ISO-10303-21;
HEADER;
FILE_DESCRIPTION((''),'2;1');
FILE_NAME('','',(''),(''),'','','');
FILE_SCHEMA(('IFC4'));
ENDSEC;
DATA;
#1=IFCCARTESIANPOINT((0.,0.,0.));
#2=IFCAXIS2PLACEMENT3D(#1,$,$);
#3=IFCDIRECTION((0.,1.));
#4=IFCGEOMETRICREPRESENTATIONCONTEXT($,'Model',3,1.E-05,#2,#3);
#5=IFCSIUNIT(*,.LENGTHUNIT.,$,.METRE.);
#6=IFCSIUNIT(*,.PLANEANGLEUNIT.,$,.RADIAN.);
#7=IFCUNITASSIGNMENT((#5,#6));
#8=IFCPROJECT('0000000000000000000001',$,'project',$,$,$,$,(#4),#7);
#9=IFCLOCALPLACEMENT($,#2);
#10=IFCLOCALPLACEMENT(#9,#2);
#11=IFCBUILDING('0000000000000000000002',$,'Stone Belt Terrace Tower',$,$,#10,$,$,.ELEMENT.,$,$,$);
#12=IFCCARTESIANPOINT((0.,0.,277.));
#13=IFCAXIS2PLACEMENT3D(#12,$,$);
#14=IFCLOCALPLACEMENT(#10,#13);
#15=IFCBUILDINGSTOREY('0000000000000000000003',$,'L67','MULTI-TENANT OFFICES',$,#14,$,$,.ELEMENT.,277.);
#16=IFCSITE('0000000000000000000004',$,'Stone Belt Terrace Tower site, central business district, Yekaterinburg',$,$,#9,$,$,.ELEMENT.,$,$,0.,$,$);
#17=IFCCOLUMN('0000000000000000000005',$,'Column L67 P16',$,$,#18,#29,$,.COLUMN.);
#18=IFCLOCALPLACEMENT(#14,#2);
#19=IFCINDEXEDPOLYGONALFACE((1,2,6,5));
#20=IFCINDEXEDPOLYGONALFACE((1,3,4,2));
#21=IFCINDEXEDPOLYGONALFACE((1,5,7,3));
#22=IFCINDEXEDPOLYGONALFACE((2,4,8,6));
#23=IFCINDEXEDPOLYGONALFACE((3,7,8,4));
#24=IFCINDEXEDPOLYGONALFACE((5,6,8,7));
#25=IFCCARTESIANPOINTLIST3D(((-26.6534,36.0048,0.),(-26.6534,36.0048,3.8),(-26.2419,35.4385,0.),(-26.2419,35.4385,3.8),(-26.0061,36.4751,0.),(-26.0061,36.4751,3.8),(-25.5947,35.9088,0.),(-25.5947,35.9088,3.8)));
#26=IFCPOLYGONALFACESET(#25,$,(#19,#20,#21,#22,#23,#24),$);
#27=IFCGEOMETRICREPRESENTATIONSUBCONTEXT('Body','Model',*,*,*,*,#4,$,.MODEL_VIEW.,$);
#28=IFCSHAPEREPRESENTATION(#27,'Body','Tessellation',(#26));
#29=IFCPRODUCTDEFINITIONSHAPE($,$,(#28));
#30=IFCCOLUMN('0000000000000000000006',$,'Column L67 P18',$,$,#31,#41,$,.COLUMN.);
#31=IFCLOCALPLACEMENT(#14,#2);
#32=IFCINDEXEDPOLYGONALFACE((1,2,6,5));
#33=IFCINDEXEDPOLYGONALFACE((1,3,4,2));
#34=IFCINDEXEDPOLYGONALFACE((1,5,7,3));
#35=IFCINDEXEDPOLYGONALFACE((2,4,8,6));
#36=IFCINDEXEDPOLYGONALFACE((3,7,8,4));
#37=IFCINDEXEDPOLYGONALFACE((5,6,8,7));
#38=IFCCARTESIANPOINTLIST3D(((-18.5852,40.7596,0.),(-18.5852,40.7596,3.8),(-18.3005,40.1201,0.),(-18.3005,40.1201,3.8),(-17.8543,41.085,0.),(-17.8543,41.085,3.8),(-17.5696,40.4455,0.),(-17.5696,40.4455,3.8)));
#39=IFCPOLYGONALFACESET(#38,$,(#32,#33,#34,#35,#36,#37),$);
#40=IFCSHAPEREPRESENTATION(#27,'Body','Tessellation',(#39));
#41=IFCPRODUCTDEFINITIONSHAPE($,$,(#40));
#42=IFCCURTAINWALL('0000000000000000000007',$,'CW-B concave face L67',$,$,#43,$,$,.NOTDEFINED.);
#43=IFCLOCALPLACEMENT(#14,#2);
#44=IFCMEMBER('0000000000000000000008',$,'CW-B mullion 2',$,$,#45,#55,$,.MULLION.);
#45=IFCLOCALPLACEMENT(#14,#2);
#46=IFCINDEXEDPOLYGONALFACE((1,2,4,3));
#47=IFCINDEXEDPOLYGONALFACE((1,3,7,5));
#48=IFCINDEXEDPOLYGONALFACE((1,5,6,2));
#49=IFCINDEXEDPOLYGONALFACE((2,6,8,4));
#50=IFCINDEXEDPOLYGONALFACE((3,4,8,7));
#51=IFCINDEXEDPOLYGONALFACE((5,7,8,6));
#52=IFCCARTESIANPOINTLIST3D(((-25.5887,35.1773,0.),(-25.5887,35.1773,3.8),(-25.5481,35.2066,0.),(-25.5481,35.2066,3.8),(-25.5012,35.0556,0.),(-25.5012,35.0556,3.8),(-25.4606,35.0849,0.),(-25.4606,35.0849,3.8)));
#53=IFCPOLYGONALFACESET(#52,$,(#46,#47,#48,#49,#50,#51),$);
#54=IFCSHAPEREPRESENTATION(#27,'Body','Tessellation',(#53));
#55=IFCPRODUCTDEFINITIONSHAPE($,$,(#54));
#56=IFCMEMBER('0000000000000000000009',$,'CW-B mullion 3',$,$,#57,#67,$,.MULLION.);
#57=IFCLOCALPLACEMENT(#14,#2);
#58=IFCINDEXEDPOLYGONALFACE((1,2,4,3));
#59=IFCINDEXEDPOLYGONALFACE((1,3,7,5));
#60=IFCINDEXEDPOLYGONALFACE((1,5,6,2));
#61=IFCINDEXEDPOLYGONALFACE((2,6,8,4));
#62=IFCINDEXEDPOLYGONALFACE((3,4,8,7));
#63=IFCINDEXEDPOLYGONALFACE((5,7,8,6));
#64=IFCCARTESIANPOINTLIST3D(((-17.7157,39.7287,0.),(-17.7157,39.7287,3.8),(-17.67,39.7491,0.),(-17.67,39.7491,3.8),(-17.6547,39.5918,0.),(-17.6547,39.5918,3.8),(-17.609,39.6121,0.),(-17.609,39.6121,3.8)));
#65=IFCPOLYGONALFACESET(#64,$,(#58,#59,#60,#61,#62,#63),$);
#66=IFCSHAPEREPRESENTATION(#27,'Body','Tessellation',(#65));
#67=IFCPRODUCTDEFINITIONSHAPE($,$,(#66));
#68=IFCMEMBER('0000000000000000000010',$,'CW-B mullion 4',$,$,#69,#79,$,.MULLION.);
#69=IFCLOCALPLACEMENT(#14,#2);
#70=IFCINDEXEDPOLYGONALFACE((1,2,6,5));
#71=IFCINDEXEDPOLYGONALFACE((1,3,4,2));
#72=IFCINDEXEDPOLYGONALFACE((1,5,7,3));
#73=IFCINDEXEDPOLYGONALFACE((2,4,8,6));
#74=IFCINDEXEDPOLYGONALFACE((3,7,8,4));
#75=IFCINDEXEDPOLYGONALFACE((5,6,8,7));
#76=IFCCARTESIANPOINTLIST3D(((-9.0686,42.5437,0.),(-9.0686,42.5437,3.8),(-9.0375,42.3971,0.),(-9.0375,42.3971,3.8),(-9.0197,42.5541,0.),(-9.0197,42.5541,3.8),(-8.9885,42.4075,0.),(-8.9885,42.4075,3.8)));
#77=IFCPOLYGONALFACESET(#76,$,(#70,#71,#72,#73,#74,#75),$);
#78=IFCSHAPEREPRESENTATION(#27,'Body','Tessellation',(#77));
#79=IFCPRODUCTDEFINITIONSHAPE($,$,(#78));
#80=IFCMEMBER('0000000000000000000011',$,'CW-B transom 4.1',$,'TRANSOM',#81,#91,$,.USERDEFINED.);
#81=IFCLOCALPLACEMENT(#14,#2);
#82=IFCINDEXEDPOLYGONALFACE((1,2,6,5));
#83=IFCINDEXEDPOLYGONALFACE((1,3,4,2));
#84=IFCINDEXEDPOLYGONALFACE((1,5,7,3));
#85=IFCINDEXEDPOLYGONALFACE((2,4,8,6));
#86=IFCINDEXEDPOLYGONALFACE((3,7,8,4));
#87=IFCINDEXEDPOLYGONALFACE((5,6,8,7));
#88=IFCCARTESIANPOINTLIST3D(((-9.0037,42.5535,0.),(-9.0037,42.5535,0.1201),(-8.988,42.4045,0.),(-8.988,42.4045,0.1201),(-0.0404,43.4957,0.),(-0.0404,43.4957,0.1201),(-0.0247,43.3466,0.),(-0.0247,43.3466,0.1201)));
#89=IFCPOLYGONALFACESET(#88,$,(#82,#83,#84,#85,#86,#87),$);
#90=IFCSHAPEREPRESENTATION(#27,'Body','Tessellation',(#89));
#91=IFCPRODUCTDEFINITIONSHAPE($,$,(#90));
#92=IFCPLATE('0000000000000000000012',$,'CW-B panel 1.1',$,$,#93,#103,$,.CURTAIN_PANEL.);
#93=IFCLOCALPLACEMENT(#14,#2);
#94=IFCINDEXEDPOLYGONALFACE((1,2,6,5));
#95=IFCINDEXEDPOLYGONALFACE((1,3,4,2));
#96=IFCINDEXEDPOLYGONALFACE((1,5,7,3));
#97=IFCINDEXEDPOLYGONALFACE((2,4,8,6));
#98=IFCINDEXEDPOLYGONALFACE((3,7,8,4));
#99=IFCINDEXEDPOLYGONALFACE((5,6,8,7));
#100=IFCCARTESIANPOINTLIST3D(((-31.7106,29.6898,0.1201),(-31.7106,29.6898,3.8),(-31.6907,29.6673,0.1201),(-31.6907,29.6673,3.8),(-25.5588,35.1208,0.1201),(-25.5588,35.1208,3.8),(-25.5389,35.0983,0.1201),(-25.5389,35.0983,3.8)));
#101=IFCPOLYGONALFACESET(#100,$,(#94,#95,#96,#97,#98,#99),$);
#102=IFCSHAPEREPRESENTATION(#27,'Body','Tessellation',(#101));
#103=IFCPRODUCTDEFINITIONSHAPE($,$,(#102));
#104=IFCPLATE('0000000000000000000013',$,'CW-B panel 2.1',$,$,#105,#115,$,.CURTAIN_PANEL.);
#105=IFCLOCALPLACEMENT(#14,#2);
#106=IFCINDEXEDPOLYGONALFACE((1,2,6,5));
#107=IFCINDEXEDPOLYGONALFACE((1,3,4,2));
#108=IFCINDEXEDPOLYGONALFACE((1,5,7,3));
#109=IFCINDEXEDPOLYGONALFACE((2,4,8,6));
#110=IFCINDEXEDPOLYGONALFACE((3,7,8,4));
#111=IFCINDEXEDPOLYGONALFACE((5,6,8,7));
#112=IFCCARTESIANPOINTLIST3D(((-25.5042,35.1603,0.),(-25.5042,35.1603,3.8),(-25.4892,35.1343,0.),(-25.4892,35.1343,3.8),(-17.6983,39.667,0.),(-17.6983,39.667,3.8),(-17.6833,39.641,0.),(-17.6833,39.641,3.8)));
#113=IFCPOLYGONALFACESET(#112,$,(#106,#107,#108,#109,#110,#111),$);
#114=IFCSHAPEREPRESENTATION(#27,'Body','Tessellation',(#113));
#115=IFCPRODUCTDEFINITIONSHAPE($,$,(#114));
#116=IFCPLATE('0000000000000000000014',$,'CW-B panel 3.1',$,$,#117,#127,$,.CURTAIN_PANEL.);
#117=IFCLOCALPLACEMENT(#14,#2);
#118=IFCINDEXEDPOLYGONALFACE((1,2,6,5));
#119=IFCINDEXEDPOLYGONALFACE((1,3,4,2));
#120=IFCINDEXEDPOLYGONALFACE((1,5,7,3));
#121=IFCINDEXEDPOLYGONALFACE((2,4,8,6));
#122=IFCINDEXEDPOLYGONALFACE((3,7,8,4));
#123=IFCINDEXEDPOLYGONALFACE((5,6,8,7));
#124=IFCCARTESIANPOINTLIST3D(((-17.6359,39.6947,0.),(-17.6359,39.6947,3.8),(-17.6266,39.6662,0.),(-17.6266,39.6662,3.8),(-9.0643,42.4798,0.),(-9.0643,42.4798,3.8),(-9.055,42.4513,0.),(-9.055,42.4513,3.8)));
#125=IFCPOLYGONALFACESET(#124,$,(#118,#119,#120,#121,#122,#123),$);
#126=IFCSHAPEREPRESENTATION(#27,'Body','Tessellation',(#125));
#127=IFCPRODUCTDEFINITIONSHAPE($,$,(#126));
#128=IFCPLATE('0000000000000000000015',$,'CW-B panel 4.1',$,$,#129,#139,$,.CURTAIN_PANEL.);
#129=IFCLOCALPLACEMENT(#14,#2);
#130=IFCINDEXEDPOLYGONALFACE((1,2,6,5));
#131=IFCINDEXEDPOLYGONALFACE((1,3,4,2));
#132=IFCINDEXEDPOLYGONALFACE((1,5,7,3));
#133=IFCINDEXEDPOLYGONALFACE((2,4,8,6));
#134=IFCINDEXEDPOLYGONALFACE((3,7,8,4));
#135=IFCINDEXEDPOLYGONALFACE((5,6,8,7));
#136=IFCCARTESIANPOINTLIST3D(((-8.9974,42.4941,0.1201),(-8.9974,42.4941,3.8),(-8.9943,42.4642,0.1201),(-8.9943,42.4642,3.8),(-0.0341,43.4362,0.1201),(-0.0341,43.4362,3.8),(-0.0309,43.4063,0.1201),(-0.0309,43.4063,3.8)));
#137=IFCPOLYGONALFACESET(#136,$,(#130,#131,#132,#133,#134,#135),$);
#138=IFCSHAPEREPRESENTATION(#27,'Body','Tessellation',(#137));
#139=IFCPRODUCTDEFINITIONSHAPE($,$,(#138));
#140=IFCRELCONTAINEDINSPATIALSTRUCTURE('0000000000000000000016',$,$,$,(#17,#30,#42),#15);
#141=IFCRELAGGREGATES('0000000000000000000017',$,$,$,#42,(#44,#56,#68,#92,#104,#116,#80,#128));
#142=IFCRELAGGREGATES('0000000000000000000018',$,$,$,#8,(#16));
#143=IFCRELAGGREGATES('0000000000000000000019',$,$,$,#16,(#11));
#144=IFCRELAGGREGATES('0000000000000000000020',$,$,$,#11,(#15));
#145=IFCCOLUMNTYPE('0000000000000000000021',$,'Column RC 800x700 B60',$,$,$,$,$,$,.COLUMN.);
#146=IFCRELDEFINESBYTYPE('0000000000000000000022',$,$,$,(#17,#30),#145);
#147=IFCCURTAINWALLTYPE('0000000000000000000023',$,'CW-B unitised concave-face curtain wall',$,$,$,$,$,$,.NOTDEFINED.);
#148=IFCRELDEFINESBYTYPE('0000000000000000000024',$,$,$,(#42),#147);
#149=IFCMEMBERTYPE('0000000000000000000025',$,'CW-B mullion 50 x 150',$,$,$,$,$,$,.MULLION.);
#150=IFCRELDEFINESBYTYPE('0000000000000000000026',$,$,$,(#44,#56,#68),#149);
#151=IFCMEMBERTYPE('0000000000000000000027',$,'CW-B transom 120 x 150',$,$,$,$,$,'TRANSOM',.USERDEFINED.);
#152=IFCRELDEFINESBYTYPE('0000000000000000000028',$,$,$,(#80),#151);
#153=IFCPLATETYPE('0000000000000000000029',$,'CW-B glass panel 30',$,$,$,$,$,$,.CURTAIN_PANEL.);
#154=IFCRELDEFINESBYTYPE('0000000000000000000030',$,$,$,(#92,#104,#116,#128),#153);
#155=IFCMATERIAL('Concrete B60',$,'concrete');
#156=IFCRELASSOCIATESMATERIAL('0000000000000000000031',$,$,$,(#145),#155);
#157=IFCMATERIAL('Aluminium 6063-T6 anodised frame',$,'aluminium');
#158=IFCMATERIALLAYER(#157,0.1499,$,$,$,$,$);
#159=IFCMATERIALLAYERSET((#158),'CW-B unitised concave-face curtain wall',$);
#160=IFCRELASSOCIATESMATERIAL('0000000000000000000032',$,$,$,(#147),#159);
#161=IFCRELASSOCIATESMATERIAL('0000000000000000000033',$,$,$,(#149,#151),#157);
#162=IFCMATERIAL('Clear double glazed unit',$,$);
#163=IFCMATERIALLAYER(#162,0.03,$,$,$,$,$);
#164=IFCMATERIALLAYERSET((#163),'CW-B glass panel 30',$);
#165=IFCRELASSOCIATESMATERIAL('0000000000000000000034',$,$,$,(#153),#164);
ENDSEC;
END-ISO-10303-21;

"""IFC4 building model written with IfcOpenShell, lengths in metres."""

from ifc_helpers import new_model, si_unit, direction, frame, origin, origin_2d, place, context, subcontext, project, spatial, rectangle, extrude, material, layer, layer_set, material_profile, profile_set, type_object, element, aggregate, save


model = new_model("IFC4")

# Units and contexts
model_context = context("Model", 3, precision=1e-05, world=origin(), true_north=direction((0.0, 1.0)))
body_context = subcontext(model_context, "Body", "Model", "MODEL_VIEW")
ifc_project = project(units=[si_unit("LENGTHUNIT", "METRE"), si_unit("PLANEANGLEUNIT", "RADIAN")], contexts=[model_context])

# Site, building, storey
site_placement = place(None, origin())
site = spatial("IfcSite", under=ifc_project, at=site_placement, Name="Stone Belt Terrace Tower site, central business district, Yekaterinburg", CompositionType="ELEMENT", RefElevation=0.0)
building_placement = place(site_placement, origin())
building = spatial("IfcBuilding", under=site, at=building_placement, Name="Stone Belt Terrace Tower", CompositionType="ELEMENT")
storey_placement = place(building_placement, frame((0.0, 0.0, 277.0)))
storey = spatial("IfcBuildingStorey", under=building, at=storey_placement, Name="L67", Description="MULTI-TENANT OFFICES", CompositionType="ELEMENT", Elevation=277.0)

# Columns
ifc_material_1 = material(Name="Concrete B60", Category="concrete")
ifc_material_profile_1 = material_profile(ifc_material_1, rectangle(XDim=0.8, YDim=0.7, at=origin_2d()), Name="RC 800x700")
ifc_profile_set_1 = profile_set([ifc_material_profile_1], Name="Concrete B60")
column_type = type_object("IfcColumnType", Name="Column RC 800x700 B60", PredefinedType="COLUMN", material=ifc_profile_set_1)
for number, where, z_axis, x_axis, name in (
    (1, (-26.124, 35.9568, 0.0), (0.0, 0.0, 1.0), (0.809017, 0.587785, 0.0), "Column L67 P16"),
    (2, (-18.0774, 40.6025, 0.0), (0.0, 0.0, 1.0), (0.913545, 0.406737, 0.0), "Column L67 P18"),
):
    element("IfcColumn", number, at=place(storey_placement, frame(where, z_axis=z_axis, x_axis=x_axis)), inside=storey, type_object=column_type, Name=name, PredefinedType="COLUMN", context=body_context, shape_type="SweptSolid", body=[
        extrude(rectangle(XDim=0.8, YDim=0.7, at=origin_2d()), origin(), (0.0, 0.0, 1.0), 3.8),
    ])

# Curtain wall, members, plates
ifc_material_2 = material(Name="Aluminium 6063-T6 anodised frame", Category="aluminium")
ifc_layer_1 = layer(ifc_material_2, 0.1499)
ifc_layer_set_1 = layer_set([ifc_layer_1], Name="CW-B unitised concave-face curtain wall")
curtain_wall_type = type_object("IfcCurtainWallType", Name="CW-B unitised concave-face curtain wall", PredefinedType="NOTDEFINED", material=ifc_layer_set_1)
curtain_wall_placement = place(storey_placement, origin())
curtain_wall = element("IfcCurtainWall", 3, at=curtain_wall_placement, inside=storey, type_object=curtain_wall_type, Name="CW-B concave face L67", PredefinedType="NOTDEFINED")
ifc_material_profile_2 = material_profile(ifc_material_2, rectangle(XDim=0.1499, YDim=0.05, at=origin_2d()), Name="Aluminium 6063-T6 50x150")
ifc_profile_set_2 = profile_set([ifc_material_profile_2], Name="Aluminium 6063-T6 anodised frame")
member_type_1 = type_object("IfcMemberType", Name="CW-B mullion 50 x 150", PredefinedType="MULLION", material=ifc_profile_set_2)
member_1_placement = place(storey_placement, frame((-25.5247, 35.1311, 0.0), z_axis=(0.0, 0.0, 1.0), x_axis=(-0.583819, 0.811884, 0.0)))
member_1 = element("IfcMember", 4, at=member_1_placement, type_object=member_type_1, Name="CW-B mullion 2", PredefinedType="MULLION", context=body_context, shape_type="SweptSolid", body=[
    extrude(rectangle(XDim=0.1499, YDim=0.05, at=origin_2d()), origin(), (0.0, 0.0, 1.0), 3.8),
])
member_2_placement = place(storey_placement, frame((-17.6624, 39.6704, 0.0), z_axis=(0.0, 0.0, 1.0), x_axis=(-0.406737, 0.913545, 0.0)))
member_2 = element("IfcMember", 5, at=member_2_placement, type_object=member_type_1, Name="CW-B mullion 3", PredefinedType="MULLION", context=body_context, shape_type="SweptSolid", body=[
    extrude(rectangle(XDim=0.1499, YDim=0.05, at=origin_2d()), origin(), (0.0, 0.0, 1.0), 3.8),
])
member_3_placement = place(storey_placement, frame((-9.0286, 42.4756, 0.0), z_axis=(0.0, 0.0, 1.0), x_axis=(-0.207912, 0.978148, 0.0)))
member_3 = element("IfcMember", 6, at=member_3_placement, type_object=member_type_1, Name="CW-B mullion 4", PredefinedType="MULLION", context=body_context, shape_type="SweptSolid", body=[
    extrude(rectangle(XDim=0.1499, YDim=0.05, at=origin_2d()), origin(), (0.0, 0.0, 1.0), 3.8),
])
ifc_material_profile_3 = material_profile(ifc_material_2, rectangle(XDim=0.1499, YDim=0.1201, at=origin_2d()), Name="Aluminium 6063-T6 150x120")
ifc_profile_set_3 = profile_set([ifc_material_profile_3], Name="Aluminium 6063-T6 anodised frame")
member_type_2 = type_object("IfcMemberType", Name="CW-B transom 120 x 150", ElementType="TRANSOM", PredefinedType="USERDEFINED", material=ifc_profile_set_3)
member_4_placement = place(storey_placement, frame((-8.9958, 42.479, 0.0601), z_axis=(0.994521, 0.104534, 0.0), x_axis=(-0.104534, 0.994521, 0.0)))
member_4 = element("IfcMember", 7, at=member_4_placement, type_object=member_type_2, Name="CW-B transom 4.1", ObjectType="TRANSOM", PredefinedType="USERDEFINED", context=body_context, shape_type="SweptSolid", body=[
    extrude(rectangle(XDim=0.1499, YDim=0.1201, at=origin_2d()), origin(), (0.0, 0.0, 1.0), 9.0127),
])
ifc_material_3 = material(Name="Clear double glazed unit")
ifc_layer_2 = layer(ifc_material_3, 0.03)
ifc_layer_set_2 = layer_set([ifc_layer_2], Name="CW-B glass panel 30")
plate_type = type_object("IfcPlateType", Name="CW-B glass panel 30", PredefinedType="CURTAIN_PANEL", material=ifc_layer_set_2)
plate_1_placement = place(storey_placement, frame((-28.6248, 32.394, 0.1201), z_axis=(0.0, 0.0, 1.0), x_axis=(0.749659, 0.661825, 0.0)))
plate_1 = element("IfcPlate", 8, at=plate_1_placement, type_object=plate_type, Name="CW-B panel 1.1", PredefinedType="CURTAIN_PANEL", context=body_context, shape_type="SweptSolid", body=[
    extrude(rectangle(XDim=8.2061, YDim=0.03, at=origin_2d()), origin(), (0.0, 0.0, 1.0), 3.6799),
])
plate_2_placement = place(storey_placement, frame((-21.5938, 37.4006, 0.0), z_axis=(0.0, 0.0, 1.0), x_axis=(0.866025, 0.5, 0.0)))
plate_2 = element("IfcPlate", 9, at=plate_2_placement, type_object=plate_type, Name="CW-B panel 2.1", PredefinedType="CURTAIN_PANEL", context=body_context, shape_type="SweptSolid", body=[
    extrude(rectangle(XDim=9.0134, YDim=0.03, at=origin_2d()), origin(), (0.0, 0.0, 1.0), 3.8),
])
plate_3_placement = place(storey_placement, frame((-13.3455, 41.073, 0.0), z_axis=(0.0, 0.0, 1.0), x_axis=(0.951057, 0.309017, 0.0)))
plate_3 = element("IfcPlate", 10, at=plate_3_placement, type_object=plate_type, Name="CW-B panel 3.1", PredefinedType="CURTAIN_PANEL", context=body_context, shape_type="SweptSolid", body=[
    extrude(rectangle(XDim=9.0127, YDim=0.03, at=origin_2d()), origin(), (0.0, 0.0, 1.0), 3.8),
])
plate_4_placement = place(storey_placement, frame((-4.5142, 42.9502, 0.1201), z_axis=(0.0, 0.0, 1.0), x_axis=(0.994522, 0.104528, 0.0)))
plate_4 = element("IfcPlate", 11, at=plate_4_placement, type_object=plate_type, Name="CW-B panel 4.1", PredefinedType="CURTAIN_PANEL", context=body_context, shape_type="SweptSolid", body=[
    extrude(rectangle(XDim=9.0127, YDim=0.03, at=origin_2d()), origin(), (0.0, 0.0, 1.0), 3.6799),
])
aggregate(curtain_wall, [member_1, member_2, member_3, plate_1, plate_2, plate_3, member_4, plate_4])

save(model, "model.ifc")
